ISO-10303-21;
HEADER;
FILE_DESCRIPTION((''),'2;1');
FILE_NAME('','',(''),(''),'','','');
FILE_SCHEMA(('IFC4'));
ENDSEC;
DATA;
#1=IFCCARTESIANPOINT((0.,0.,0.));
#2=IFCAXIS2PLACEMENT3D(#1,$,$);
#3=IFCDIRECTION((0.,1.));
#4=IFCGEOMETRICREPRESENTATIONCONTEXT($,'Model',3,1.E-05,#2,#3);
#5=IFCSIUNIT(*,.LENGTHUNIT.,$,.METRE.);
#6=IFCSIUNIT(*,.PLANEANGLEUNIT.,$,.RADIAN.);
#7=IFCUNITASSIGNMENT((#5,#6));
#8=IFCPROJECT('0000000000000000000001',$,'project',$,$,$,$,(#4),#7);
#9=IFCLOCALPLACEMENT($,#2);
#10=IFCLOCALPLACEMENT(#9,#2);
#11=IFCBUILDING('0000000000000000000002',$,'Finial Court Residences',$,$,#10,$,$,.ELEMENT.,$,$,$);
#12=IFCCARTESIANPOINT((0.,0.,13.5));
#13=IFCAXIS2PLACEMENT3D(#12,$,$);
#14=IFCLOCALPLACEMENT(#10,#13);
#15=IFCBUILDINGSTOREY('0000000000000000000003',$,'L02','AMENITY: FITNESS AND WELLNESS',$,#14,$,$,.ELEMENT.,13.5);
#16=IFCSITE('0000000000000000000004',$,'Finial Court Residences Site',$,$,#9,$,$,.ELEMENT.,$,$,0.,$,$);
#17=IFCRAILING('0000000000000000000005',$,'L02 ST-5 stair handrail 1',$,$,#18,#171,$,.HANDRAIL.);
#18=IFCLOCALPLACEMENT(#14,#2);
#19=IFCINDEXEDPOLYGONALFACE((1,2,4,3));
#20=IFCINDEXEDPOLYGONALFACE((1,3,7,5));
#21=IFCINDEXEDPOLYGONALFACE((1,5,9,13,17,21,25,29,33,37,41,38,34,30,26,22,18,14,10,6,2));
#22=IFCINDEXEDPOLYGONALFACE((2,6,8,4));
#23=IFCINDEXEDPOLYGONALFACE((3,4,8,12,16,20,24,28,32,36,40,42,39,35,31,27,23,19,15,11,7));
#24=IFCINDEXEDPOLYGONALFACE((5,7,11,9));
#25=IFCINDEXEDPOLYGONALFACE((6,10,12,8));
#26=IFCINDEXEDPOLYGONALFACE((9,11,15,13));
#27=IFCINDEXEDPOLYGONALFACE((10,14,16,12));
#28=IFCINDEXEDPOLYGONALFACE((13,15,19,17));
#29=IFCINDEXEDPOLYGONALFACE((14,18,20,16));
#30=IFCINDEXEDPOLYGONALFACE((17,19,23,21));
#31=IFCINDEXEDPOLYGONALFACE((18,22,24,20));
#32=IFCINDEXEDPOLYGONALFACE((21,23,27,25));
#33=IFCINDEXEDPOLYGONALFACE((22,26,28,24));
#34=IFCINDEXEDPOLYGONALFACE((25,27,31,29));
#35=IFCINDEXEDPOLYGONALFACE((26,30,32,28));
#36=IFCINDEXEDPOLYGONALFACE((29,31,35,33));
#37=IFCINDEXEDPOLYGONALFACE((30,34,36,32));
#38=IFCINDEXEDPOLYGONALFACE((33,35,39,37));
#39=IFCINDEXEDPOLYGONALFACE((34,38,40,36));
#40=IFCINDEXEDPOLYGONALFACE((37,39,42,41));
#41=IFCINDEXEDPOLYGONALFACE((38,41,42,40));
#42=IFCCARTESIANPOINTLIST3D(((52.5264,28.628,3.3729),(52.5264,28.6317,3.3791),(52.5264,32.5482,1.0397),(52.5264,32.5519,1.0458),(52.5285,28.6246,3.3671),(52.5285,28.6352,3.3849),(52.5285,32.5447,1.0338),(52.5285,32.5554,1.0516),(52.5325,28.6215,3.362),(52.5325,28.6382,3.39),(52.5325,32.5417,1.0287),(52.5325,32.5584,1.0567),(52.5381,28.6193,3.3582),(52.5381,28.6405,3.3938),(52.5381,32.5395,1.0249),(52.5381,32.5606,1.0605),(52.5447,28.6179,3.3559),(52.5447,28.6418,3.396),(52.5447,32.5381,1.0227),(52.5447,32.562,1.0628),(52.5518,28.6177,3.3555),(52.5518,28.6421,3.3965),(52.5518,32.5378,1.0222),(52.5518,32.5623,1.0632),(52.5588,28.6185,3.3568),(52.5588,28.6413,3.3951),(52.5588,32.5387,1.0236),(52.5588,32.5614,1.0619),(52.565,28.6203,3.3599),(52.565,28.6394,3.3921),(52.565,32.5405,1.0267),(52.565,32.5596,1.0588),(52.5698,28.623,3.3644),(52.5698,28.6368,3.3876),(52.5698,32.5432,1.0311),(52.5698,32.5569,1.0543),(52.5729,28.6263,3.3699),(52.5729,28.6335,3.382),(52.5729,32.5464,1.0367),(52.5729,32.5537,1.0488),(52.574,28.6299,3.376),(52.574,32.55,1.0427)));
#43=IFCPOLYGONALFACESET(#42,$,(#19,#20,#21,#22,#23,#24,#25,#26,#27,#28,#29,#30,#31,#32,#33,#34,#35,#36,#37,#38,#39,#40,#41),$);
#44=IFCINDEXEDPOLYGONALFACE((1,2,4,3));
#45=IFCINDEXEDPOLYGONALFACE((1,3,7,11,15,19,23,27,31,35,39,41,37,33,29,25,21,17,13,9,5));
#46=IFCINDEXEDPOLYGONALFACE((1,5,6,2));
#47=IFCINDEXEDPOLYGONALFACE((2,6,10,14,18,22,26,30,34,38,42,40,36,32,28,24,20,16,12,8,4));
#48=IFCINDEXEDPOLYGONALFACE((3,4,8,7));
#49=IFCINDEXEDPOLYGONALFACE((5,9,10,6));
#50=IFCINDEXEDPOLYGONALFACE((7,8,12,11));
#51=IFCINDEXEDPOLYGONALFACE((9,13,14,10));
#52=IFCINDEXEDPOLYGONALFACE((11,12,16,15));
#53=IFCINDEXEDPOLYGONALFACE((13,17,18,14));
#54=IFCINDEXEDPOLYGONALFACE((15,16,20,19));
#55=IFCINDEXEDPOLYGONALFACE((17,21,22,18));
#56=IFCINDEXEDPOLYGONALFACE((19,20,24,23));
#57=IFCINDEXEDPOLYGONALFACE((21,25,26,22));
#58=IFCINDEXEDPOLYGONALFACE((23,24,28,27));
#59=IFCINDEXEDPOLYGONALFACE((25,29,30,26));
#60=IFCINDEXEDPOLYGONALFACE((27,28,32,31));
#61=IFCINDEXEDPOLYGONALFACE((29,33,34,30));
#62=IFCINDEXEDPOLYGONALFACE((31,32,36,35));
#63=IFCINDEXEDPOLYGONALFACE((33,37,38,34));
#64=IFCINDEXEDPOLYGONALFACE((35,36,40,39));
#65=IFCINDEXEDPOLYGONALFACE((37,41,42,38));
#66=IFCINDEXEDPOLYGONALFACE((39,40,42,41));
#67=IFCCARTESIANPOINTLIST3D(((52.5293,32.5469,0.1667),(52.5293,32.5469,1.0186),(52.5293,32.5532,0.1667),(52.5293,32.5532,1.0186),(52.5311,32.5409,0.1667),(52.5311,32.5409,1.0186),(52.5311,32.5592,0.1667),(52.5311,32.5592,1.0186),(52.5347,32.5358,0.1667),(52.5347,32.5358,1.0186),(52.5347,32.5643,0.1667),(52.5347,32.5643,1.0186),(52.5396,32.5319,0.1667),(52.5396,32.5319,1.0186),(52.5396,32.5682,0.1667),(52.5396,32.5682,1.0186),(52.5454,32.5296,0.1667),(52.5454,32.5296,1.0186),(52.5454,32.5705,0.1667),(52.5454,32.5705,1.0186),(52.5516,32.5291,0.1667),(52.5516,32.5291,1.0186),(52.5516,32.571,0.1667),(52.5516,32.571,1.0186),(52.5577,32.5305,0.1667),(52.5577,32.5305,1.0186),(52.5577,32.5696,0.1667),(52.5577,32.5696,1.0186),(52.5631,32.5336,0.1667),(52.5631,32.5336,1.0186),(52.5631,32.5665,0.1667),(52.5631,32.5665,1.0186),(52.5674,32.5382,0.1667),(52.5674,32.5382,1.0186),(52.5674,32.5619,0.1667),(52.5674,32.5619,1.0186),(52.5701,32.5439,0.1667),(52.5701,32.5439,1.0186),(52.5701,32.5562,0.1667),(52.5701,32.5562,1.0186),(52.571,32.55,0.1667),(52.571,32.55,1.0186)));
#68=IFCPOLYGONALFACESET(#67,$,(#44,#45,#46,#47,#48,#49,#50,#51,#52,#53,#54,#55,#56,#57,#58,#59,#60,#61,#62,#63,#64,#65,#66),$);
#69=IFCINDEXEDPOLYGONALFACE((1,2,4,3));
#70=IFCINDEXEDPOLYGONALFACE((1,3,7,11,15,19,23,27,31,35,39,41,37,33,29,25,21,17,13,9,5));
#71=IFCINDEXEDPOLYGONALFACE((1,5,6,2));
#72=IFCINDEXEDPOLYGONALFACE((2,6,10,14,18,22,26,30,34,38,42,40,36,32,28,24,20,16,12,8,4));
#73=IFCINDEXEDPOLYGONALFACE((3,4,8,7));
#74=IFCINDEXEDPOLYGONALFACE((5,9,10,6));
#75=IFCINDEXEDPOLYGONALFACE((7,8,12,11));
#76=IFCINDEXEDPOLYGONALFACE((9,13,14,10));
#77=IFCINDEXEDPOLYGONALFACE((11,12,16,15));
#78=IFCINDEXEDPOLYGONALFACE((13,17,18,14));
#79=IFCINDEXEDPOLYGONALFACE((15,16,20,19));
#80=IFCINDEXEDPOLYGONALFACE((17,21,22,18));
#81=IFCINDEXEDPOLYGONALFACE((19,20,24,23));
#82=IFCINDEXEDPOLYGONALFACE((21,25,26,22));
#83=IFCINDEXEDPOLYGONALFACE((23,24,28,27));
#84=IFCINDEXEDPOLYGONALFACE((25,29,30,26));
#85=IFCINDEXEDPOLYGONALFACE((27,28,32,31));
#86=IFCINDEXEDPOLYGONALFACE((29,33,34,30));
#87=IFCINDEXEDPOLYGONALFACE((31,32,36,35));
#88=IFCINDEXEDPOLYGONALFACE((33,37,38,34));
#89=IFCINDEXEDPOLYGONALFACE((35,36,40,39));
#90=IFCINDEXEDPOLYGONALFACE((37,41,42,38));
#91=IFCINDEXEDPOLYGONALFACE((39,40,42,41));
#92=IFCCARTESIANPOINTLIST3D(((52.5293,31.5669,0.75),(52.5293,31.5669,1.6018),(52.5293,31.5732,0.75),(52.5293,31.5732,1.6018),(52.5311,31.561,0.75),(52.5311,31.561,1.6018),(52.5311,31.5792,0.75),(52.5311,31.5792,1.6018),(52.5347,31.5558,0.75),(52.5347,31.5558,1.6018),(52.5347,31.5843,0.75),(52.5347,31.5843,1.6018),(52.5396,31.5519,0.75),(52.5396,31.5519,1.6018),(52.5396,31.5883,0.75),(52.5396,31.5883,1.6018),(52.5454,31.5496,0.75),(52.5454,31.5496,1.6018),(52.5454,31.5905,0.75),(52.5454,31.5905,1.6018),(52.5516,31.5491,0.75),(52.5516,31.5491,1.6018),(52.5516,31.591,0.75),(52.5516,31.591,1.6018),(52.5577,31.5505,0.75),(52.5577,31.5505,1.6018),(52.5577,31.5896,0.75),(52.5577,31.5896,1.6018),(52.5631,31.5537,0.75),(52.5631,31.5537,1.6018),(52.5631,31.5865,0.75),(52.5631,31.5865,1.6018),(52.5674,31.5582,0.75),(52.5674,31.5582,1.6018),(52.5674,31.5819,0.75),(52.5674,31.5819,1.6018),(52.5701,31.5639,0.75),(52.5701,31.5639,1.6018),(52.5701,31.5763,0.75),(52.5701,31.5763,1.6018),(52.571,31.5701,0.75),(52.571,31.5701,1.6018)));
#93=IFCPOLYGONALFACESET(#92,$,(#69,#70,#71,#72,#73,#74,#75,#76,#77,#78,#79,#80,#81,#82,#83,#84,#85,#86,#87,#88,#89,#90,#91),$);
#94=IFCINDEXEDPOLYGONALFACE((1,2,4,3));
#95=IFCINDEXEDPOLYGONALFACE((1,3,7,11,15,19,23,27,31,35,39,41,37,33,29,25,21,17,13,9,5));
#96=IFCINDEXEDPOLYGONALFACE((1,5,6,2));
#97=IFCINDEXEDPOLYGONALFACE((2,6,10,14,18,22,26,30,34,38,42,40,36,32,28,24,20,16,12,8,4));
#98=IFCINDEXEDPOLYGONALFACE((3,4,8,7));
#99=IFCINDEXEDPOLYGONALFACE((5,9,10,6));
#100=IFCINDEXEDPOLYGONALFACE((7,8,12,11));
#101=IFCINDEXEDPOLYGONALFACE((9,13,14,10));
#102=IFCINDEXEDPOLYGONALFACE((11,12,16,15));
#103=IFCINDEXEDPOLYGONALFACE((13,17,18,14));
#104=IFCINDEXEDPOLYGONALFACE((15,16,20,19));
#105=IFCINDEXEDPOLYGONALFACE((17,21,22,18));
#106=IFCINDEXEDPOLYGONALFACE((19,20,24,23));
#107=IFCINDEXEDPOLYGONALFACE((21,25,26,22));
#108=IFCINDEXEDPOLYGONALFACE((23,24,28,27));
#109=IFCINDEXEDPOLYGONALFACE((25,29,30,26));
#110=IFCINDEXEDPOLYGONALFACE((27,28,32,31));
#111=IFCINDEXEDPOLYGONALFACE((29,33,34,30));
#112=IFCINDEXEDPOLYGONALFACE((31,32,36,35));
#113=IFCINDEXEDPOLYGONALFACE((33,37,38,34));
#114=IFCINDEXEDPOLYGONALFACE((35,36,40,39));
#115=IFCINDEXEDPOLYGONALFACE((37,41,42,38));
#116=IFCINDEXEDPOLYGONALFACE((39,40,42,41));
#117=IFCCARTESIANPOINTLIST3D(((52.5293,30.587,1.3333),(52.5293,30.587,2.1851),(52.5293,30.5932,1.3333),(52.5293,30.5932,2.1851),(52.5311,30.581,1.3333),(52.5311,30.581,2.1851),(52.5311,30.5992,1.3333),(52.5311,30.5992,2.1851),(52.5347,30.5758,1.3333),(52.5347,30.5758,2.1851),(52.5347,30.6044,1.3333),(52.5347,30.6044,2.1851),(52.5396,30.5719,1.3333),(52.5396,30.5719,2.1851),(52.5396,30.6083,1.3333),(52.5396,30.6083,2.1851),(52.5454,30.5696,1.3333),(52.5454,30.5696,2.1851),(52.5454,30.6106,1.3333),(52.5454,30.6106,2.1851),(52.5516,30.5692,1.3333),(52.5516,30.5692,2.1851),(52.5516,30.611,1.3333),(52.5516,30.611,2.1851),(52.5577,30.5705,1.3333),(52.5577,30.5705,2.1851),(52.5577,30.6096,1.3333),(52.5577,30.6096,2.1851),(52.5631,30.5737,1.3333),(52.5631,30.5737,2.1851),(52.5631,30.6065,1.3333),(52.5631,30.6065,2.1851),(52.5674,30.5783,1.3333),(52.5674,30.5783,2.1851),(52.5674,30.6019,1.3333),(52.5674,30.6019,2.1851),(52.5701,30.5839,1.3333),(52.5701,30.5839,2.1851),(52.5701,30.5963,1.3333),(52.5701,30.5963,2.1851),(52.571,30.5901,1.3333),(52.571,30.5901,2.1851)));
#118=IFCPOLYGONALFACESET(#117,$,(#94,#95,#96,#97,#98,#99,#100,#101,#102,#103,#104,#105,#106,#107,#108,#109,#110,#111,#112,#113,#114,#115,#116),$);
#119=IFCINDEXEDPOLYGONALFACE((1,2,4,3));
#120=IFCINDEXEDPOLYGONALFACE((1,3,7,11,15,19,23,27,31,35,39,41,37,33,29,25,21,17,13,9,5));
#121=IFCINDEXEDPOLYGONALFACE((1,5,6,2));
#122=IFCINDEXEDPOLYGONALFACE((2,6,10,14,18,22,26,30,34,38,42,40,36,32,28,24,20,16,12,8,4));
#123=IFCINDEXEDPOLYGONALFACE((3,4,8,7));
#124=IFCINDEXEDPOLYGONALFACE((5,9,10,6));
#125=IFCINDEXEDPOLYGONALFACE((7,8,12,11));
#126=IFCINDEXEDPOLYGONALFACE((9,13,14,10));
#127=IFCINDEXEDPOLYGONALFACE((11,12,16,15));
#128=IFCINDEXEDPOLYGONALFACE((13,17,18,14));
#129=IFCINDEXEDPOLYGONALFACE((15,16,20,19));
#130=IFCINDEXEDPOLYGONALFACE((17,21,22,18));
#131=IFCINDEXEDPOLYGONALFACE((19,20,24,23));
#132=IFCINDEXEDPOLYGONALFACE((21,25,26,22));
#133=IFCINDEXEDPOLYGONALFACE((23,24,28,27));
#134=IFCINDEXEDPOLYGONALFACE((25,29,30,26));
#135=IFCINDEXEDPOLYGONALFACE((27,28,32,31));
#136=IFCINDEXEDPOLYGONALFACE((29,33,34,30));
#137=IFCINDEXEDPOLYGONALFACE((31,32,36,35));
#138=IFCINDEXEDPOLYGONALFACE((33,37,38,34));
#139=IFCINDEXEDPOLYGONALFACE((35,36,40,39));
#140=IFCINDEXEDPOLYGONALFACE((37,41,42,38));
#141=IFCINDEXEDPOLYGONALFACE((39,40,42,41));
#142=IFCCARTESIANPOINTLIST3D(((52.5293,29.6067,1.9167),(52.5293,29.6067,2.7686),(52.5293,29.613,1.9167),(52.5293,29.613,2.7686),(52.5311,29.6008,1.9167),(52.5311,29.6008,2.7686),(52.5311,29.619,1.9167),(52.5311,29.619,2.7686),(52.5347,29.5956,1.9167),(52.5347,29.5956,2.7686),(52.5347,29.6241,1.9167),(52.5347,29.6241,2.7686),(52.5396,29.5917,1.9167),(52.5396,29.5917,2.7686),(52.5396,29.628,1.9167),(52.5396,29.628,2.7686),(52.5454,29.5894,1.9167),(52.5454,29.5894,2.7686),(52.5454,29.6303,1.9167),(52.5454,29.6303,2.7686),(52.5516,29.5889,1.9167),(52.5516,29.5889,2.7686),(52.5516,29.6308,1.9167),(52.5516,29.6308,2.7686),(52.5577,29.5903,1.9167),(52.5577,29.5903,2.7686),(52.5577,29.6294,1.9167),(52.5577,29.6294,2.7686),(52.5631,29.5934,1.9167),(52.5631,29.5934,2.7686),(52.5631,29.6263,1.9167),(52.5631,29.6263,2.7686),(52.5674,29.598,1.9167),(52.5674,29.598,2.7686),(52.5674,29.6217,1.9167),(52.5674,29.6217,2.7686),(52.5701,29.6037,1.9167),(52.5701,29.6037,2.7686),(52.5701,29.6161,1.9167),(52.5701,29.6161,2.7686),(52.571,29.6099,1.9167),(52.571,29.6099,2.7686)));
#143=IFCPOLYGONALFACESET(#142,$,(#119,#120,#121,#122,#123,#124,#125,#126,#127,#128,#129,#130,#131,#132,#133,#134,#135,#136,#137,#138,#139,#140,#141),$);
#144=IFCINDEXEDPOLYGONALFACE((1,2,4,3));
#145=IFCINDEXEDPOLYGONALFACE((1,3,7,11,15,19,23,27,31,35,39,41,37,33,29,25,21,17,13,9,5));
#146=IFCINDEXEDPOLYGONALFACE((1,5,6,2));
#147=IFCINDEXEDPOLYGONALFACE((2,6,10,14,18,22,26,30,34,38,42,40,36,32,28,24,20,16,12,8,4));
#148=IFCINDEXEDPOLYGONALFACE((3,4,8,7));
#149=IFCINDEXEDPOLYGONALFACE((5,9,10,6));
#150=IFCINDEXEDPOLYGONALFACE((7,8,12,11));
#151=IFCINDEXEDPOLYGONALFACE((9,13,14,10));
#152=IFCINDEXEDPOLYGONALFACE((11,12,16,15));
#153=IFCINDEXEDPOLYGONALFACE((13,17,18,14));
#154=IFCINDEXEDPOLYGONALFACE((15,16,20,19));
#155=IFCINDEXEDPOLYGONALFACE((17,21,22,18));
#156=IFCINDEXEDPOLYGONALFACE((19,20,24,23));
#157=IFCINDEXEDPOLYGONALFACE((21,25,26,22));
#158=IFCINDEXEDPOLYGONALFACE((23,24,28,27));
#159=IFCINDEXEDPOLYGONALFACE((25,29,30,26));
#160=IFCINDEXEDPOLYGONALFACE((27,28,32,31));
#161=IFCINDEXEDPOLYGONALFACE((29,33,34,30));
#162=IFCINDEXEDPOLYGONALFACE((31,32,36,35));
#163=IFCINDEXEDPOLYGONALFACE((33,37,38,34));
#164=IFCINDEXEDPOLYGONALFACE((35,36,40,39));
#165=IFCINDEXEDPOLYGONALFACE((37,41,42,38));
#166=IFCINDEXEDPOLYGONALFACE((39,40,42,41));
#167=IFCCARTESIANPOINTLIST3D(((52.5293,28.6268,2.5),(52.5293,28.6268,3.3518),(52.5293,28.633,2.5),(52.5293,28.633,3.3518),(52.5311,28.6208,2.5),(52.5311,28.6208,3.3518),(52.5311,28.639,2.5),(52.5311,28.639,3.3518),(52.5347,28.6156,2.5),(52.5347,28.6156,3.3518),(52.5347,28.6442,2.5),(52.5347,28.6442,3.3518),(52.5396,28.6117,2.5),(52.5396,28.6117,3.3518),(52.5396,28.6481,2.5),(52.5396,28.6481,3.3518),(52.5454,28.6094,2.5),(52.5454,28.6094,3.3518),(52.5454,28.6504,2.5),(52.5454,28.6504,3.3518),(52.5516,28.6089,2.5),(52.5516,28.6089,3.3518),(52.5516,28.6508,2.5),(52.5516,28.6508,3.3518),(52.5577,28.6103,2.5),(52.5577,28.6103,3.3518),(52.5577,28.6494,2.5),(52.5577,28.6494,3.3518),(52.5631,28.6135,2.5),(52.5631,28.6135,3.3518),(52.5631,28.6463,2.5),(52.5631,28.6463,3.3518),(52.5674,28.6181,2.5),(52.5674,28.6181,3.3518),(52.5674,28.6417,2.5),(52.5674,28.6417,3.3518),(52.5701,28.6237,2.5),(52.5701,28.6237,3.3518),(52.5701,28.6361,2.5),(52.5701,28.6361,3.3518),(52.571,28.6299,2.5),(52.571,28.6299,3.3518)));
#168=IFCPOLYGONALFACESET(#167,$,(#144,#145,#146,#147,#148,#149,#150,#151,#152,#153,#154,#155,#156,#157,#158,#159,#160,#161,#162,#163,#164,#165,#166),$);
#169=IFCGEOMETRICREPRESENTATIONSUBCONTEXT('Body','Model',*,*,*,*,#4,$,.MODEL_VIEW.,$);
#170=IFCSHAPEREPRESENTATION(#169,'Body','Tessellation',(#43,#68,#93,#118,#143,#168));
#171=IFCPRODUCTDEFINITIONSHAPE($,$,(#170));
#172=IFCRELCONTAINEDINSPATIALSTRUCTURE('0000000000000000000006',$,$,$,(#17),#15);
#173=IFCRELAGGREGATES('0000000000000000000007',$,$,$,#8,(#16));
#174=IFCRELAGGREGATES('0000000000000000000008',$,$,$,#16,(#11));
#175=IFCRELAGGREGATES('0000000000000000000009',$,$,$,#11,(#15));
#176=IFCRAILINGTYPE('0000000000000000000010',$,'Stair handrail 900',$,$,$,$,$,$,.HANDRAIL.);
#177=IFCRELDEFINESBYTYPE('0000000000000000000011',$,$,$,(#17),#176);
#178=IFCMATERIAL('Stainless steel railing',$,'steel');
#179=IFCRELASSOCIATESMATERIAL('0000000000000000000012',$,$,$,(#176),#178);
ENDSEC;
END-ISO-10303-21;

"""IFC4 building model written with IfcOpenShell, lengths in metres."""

from ifc_helpers import new_model, si_unit, direction, frame, origin, origin_2d, place, context, subcontext, project, spatial, circle, extrude, material, type_object, element, save


model = new_model("IFC4")

# Units and contexts
model_context = context("Model", 3, precision=1e-05, world=origin(), true_north=direction((0.0, 1.0)))
body_context = subcontext(model_context, "Body", "Model", "MODEL_VIEW")
ifc_project = project(units=[si_unit("LENGTHUNIT", "METRE"), si_unit("PLANEANGLEUNIT", "RADIAN")], contexts=[model_context])

# Site, building, storey
site_placement = place(None, origin())
site = spatial("IfcSite", under=ifc_project, at=site_placement, Name="Finial Court Residences Site", CompositionType="ELEMENT", RefElevation=0.0)
building_placement = place(site_placement, origin())
building = spatial("IfcBuilding", under=site, at=building_placement, Name="Finial Court Residences", CompositionType="ELEMENT")
storey_placement = place(building_placement, frame((0.0, 0.0, 13.5)))
storey = spatial("IfcBuildingStorey", under=building, at=storey_placement, Name="L02", Description="AMENITY: FITNESS AND WELLNESS", CompositionType="ELEMENT", Elevation=13.5)

# Railing
ifc_material_1 = material(Name="Stainless steel railing", Category="steel")
railing_type_1 = type_object("IfcRailingType", Name="Stair handrail 900", PredefinedType="HANDRAIL", material=ifc_material_1)
railing_1_placement = place(storey_placement, frame((52.55, 32.55, 0.1667)))
element("IfcRailing", 1, at=railing_1_placement, inside=storey, type_object=railing_type_1, Name="L02 ST-5 stair handrail 1", PredefinedType="HANDRAIL", context=body_context, shape_type="SweptSolid", body=[
    extrude(circle(Radius=0.0239, at=origin_2d()), frame((0.0, 0.0, 0.876), z_axis=(0.0, -0.85931, 0.511455), x_axis=(1.0, 0.0, 0.0)), (0.0, 0.0, 1.0), 4.562),
    extrude(circle(Radius=0.021, at=origin_2d()), origin(), (0.0, 0.0, 1.0), 0.8518),
    extrude(circle(Radius=0.021, at=origin_2d()), frame((0.0, -0.98, 0.5833)), (0.0, 0.0, 1.0), 0.8518),
    extrude(circle(Radius=0.021, at=origin_2d()), frame((0.0, -1.96, 1.1665)), (0.0, 0.0, 1.0), 0.8518),
    extrude(circle(Radius=0.021, at=origin_2d()), frame((0.0, -2.9402, 1.75)), (0.0, 0.0, 1.0), 0.8518),
    extrude(circle(Radius=0.021, at=origin_2d()), frame((0.0, -3.9202, 2.3333)), (0.0, 0.0, 1.0), 0.8518),
])

save(model, "model.ifc")
